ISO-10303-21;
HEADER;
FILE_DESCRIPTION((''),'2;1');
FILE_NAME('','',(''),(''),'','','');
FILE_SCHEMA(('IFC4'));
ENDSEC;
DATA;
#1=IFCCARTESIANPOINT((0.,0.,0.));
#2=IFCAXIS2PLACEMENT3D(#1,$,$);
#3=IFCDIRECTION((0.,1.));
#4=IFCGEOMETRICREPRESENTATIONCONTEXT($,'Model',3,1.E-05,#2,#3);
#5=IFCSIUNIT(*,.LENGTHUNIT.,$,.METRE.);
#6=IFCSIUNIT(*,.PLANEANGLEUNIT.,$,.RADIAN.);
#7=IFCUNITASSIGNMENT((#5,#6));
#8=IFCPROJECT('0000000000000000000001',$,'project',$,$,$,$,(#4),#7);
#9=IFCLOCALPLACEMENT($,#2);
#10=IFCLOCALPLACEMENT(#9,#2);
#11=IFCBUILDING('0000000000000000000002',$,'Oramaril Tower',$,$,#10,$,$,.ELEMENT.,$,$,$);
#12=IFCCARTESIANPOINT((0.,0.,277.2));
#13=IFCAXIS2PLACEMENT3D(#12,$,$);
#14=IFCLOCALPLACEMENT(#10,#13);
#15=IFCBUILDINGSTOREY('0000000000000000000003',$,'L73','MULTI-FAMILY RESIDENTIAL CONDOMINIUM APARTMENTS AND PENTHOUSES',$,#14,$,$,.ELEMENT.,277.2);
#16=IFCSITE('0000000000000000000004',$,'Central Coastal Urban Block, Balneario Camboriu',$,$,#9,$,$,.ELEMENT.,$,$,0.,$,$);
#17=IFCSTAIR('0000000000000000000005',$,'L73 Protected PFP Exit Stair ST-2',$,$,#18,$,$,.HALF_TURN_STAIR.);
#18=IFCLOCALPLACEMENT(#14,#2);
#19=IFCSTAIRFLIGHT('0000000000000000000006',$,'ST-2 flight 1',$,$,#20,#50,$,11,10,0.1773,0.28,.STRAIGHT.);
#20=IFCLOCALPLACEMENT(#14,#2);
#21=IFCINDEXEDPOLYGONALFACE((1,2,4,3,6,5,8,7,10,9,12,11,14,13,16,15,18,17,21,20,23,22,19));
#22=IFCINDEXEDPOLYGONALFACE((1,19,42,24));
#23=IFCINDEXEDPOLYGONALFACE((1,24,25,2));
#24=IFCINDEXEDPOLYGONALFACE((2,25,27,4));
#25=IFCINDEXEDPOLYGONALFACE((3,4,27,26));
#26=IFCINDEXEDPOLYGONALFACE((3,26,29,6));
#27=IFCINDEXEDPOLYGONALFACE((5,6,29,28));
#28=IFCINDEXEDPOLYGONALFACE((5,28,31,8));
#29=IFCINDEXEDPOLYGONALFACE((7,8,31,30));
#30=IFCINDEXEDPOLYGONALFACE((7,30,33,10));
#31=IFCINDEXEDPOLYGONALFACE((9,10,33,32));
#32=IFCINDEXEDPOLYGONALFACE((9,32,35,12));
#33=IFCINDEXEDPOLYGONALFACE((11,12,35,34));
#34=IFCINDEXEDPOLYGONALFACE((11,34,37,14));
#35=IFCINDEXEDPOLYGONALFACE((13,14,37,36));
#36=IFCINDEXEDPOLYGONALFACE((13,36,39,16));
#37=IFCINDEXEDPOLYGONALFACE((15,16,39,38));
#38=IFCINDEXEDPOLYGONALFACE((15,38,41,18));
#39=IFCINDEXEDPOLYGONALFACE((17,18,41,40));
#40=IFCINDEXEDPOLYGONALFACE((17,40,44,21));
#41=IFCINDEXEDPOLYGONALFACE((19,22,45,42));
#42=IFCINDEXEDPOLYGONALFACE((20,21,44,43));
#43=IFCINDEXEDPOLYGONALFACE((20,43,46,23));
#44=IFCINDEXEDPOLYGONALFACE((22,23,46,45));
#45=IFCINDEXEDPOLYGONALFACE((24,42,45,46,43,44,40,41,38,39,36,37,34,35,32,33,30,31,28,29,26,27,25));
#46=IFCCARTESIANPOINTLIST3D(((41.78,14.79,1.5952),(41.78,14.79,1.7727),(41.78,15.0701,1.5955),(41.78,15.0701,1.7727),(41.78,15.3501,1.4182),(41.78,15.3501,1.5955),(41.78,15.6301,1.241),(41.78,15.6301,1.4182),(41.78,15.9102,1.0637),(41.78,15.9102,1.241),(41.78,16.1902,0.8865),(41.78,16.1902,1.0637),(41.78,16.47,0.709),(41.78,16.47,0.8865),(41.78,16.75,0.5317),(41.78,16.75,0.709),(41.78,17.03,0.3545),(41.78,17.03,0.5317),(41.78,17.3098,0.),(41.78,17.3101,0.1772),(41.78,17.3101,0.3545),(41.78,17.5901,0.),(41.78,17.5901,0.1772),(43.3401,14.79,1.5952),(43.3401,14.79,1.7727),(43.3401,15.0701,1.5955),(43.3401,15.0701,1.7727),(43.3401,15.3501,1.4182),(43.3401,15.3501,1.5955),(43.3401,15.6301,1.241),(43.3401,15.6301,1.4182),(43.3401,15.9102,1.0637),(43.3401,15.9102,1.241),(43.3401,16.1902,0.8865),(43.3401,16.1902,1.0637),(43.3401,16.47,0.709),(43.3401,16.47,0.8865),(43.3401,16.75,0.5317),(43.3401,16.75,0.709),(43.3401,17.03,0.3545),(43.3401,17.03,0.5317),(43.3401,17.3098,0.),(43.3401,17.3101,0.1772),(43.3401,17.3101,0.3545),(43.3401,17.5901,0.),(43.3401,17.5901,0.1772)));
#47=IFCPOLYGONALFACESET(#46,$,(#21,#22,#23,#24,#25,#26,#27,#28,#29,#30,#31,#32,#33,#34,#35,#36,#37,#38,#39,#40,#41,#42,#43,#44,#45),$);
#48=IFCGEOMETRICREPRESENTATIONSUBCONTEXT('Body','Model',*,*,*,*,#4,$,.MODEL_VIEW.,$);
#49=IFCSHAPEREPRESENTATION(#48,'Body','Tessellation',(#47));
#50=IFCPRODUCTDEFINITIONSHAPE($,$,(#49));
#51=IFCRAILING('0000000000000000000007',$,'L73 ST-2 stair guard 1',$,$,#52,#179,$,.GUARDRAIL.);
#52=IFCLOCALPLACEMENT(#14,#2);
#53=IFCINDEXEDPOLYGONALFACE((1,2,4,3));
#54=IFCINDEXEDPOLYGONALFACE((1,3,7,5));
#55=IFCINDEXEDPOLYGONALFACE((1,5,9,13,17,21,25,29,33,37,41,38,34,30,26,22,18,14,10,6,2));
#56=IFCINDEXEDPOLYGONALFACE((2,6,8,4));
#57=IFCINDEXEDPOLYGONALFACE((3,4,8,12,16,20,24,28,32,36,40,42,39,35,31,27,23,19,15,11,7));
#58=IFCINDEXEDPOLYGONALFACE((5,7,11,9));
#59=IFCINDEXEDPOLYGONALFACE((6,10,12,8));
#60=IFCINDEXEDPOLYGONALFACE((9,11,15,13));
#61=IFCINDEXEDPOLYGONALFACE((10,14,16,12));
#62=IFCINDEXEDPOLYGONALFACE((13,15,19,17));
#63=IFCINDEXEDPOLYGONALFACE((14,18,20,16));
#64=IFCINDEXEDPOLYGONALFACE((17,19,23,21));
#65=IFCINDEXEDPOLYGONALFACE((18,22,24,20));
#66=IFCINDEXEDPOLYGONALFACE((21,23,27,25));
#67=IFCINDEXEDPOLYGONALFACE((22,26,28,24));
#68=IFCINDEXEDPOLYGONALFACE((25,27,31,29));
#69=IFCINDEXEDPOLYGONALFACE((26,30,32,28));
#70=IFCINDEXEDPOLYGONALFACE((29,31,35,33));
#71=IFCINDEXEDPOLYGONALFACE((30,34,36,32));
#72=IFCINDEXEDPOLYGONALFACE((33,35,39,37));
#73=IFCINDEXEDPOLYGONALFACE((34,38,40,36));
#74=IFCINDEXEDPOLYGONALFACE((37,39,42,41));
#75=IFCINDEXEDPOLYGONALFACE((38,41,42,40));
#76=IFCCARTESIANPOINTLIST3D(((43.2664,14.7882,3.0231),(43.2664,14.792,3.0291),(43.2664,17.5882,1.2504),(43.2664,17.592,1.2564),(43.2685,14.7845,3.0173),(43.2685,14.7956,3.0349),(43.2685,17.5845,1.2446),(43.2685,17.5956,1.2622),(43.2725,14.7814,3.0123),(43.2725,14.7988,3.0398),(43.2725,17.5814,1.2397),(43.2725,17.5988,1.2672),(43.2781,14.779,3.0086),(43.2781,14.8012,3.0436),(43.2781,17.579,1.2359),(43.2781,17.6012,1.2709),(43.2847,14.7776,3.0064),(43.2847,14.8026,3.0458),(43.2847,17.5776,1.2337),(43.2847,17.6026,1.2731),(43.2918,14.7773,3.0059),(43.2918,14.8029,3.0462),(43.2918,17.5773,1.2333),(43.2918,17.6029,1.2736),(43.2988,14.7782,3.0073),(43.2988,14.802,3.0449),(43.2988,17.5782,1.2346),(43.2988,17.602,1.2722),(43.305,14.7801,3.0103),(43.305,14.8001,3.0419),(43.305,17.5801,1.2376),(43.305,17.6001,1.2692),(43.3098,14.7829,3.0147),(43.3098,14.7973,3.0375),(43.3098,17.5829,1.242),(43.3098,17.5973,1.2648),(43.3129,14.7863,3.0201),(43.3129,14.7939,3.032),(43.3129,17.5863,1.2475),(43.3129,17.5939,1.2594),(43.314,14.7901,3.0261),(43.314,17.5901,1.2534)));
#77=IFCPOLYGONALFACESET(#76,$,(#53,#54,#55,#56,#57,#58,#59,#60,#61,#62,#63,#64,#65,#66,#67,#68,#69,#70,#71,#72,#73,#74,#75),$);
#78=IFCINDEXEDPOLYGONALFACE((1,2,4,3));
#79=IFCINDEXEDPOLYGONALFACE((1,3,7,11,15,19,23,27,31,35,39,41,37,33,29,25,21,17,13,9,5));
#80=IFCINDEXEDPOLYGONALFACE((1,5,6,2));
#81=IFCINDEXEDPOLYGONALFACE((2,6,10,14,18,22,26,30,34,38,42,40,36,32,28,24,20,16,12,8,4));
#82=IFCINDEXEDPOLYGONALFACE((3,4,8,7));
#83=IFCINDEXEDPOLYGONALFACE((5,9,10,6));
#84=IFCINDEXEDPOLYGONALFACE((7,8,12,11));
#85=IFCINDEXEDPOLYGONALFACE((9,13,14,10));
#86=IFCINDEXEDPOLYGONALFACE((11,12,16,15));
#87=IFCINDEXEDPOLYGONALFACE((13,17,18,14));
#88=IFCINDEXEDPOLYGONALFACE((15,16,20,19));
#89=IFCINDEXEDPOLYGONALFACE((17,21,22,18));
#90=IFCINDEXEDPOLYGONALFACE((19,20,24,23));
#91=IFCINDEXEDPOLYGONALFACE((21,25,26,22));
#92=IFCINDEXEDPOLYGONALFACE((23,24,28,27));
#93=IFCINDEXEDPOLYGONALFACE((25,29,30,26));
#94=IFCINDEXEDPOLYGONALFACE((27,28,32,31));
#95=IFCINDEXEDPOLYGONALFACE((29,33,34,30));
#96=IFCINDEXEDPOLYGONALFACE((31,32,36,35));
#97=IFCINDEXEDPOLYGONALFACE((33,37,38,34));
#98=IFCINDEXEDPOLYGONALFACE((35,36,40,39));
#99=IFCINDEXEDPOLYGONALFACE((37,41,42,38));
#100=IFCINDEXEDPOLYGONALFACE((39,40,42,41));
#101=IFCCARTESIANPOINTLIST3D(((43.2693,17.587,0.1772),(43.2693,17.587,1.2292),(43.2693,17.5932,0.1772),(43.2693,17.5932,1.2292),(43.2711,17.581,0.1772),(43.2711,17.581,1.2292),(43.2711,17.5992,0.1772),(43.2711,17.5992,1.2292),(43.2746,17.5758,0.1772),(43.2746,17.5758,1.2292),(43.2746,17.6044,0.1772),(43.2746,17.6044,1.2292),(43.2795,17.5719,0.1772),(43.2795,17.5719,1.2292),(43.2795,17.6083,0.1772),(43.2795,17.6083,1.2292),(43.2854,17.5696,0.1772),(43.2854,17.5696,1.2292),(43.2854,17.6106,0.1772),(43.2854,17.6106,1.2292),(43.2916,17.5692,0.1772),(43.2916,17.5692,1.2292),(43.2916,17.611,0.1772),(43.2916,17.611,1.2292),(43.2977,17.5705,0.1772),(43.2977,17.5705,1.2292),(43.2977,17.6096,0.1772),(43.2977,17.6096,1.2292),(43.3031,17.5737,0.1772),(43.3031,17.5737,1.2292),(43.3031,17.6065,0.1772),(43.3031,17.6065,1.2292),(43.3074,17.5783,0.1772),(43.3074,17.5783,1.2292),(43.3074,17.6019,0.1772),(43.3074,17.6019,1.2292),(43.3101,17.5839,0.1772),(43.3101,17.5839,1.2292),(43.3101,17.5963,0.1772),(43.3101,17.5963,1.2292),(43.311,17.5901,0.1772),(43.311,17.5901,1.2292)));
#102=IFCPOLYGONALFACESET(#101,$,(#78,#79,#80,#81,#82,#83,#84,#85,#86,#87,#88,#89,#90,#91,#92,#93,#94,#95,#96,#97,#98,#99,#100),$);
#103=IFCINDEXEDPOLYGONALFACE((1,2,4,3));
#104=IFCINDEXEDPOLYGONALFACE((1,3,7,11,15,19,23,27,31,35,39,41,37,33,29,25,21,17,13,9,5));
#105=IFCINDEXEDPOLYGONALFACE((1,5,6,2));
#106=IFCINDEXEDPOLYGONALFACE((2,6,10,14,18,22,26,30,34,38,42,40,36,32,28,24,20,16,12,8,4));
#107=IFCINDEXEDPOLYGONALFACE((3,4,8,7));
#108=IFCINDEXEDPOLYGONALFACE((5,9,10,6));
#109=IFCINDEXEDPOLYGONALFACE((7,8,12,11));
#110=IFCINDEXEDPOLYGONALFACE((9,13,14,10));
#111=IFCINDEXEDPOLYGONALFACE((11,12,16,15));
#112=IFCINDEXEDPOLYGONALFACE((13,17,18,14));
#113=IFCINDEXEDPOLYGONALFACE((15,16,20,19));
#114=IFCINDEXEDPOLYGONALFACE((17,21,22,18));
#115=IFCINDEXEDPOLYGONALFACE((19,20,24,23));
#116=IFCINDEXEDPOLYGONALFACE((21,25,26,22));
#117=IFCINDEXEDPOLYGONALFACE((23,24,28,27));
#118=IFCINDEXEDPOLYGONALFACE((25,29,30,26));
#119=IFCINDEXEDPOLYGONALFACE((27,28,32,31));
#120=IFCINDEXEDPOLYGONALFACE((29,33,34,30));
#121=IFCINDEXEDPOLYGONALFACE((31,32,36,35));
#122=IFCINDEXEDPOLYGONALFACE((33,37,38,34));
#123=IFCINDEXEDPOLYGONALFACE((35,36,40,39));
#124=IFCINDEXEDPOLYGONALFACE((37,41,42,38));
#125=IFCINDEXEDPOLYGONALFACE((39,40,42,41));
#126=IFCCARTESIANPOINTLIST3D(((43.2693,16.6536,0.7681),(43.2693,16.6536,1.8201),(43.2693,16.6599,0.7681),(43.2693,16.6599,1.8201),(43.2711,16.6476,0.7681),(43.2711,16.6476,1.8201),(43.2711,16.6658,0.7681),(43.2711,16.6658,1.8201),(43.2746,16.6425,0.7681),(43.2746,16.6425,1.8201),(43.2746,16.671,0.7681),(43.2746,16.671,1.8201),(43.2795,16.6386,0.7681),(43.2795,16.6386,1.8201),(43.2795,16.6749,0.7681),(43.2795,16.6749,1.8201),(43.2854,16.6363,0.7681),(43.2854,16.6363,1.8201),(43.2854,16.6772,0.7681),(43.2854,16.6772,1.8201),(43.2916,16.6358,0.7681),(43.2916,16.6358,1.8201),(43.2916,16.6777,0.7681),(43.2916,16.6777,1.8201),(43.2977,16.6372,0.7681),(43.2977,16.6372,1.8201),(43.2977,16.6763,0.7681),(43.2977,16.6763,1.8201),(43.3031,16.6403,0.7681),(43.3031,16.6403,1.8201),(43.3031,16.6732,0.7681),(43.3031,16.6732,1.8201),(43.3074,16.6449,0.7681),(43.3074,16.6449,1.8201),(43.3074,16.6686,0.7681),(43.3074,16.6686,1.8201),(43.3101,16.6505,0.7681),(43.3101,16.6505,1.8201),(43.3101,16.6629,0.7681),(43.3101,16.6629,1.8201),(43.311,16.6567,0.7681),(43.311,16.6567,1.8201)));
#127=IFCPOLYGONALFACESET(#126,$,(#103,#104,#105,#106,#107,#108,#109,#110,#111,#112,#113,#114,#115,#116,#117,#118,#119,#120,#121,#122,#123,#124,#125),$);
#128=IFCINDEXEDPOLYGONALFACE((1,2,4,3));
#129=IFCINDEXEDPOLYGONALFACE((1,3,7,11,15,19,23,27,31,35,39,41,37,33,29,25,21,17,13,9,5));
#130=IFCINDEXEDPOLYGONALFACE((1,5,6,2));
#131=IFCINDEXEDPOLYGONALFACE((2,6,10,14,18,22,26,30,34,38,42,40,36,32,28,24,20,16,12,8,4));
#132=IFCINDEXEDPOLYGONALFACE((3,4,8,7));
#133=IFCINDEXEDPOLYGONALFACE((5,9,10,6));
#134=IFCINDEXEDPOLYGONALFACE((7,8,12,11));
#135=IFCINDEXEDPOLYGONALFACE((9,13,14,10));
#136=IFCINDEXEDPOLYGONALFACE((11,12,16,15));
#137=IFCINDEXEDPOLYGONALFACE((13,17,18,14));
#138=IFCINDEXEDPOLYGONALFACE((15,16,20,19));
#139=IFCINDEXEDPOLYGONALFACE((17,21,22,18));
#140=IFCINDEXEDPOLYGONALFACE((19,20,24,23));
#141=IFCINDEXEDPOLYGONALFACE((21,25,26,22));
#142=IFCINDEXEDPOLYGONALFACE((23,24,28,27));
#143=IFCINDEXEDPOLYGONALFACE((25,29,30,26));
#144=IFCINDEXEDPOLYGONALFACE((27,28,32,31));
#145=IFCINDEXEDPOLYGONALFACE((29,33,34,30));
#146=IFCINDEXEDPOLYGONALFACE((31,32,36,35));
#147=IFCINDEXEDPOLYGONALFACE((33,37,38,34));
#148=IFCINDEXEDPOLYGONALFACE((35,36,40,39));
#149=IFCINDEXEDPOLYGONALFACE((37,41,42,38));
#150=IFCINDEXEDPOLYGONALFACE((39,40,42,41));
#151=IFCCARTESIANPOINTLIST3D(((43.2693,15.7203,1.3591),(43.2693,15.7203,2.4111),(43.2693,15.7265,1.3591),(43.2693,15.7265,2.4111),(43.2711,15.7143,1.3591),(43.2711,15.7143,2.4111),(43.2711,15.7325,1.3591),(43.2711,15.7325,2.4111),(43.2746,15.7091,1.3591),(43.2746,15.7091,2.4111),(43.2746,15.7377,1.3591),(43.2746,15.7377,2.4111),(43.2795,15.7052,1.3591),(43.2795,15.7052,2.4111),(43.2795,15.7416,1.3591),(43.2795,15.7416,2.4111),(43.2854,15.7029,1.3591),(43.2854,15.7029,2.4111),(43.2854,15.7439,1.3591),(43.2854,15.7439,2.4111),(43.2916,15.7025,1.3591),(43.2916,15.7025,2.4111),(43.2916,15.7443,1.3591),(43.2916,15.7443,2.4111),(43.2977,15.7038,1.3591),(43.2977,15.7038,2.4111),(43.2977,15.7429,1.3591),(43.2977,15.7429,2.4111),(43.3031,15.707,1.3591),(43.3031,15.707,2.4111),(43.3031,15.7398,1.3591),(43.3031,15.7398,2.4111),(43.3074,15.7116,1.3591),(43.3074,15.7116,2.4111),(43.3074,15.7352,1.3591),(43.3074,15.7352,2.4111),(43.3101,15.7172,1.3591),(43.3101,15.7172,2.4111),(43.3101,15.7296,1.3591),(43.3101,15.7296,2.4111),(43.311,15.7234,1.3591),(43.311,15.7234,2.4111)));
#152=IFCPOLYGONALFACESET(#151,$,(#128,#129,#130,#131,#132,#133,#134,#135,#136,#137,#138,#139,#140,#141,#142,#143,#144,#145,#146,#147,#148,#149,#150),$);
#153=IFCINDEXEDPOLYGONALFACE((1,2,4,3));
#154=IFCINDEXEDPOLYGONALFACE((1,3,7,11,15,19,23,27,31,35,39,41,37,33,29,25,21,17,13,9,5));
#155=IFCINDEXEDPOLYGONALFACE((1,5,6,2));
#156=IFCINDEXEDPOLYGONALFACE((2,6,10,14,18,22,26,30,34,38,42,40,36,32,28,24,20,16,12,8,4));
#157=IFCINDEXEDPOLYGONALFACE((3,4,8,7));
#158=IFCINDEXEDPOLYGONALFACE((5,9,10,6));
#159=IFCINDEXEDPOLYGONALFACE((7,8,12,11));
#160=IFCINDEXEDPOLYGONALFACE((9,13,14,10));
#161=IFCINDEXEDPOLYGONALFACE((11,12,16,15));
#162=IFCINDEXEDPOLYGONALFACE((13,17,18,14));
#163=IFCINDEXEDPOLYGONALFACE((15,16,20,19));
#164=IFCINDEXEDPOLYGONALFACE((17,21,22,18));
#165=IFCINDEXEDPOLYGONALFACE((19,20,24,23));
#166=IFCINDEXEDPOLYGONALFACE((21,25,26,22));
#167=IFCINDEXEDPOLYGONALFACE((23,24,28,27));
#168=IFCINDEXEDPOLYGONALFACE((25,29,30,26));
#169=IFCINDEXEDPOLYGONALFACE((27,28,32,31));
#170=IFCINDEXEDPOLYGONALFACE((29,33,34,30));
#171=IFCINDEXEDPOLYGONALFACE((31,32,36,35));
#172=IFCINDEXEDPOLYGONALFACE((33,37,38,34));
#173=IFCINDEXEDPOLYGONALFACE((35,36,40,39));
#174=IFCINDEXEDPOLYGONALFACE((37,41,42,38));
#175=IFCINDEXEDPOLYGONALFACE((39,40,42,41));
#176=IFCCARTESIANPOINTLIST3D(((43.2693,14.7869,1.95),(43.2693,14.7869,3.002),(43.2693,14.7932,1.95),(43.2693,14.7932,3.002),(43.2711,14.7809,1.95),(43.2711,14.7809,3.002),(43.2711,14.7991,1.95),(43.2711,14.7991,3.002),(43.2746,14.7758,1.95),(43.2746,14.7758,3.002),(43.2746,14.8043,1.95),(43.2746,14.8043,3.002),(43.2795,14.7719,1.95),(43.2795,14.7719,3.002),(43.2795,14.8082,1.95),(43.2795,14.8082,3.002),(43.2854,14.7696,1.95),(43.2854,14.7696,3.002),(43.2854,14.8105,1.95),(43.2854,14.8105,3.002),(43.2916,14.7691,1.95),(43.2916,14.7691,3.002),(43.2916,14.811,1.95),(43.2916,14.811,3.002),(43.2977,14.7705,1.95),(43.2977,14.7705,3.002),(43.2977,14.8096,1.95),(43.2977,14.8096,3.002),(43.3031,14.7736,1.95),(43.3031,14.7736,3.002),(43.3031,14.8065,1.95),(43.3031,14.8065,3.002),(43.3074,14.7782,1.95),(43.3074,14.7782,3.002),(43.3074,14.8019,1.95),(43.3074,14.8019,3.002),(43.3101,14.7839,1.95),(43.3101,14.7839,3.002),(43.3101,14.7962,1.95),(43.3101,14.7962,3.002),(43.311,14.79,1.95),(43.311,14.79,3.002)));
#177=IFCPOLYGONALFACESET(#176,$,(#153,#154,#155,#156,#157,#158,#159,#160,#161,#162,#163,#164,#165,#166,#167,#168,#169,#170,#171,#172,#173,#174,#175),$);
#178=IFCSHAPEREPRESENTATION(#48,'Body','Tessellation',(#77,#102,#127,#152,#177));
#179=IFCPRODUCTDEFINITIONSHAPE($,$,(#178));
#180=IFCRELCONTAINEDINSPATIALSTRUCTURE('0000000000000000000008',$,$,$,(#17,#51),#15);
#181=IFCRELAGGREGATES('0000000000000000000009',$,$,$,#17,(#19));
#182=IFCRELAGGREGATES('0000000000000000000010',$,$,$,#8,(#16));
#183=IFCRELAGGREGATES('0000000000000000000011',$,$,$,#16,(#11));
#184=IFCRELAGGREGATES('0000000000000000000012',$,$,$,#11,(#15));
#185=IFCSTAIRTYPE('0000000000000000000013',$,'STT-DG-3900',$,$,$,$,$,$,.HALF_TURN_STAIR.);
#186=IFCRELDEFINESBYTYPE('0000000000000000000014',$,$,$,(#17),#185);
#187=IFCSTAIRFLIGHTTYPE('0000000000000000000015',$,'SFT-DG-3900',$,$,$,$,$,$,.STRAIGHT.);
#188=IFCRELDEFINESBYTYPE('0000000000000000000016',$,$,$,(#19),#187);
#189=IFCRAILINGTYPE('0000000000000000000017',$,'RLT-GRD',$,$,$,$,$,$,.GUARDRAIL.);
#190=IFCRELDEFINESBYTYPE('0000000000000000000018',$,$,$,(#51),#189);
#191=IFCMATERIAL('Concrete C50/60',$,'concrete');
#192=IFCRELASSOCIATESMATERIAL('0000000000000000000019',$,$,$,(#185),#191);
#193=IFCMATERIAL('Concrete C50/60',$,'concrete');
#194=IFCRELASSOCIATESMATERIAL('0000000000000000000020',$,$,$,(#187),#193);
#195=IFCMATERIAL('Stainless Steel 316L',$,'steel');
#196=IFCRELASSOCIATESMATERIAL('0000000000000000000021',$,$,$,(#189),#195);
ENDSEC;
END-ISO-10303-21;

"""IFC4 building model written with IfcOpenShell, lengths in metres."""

from ifc_helpers import new_model, si_unit, direction, frame, origin, origin_2d, place, context, subcontext, project, spatial, polyline, circle, outline, extrude, material, type_object, element, aggregate, save


model = new_model("IFC4")

# Units and contexts
model_context = context("Model", 3, precision=1e-05, world=origin(), true_north=direction((0.0, 1.0)))
body_context = subcontext(model_context, "Body", "Model", "MODEL_VIEW")
ifc_project = project(units=[si_unit("LENGTHUNIT", "METRE"), si_unit("PLANEANGLEUNIT", "RADIAN")], contexts=[model_context])

# Site, building, storey
site_placement = place(None, origin())
site = spatial("IfcSite", under=ifc_project, at=site_placement, Name="Central Coastal Urban Block, Balneario Camboriu", CompositionType="ELEMENT", RefElevation=0.0)
building_placement = place(site_placement, origin())
building = spatial("IfcBuilding", under=site, at=building_placement, Name="Oramaril Tower", CompositionType="ELEMENT")
storey_placement = place(building_placement, frame((0.0, 0.0, 277.2)))
storey = spatial("IfcBuildingStorey", under=building, at=storey_placement, Name="L73", Description="MULTI-FAMILY RESIDENTIAL CONDOMINIUM APARTMENTS AND PENTHOUSES", CompositionType="ELEMENT", Elevation=277.2)

# Stair, stair flight
ifc_material_1 = material(Name="Concrete C50/60", Category="concrete")
stair_type = type_object("IfcStairType", Name="STT-DG-3900", PredefinedType="HALF_TURN_STAIR", material=ifc_material_1)
stair_placement = place(storey_placement, origin())
stair = element("IfcStair", 1, at=stair_placement, inside=storey, type_object=stair_type, Name="L73 Protected PFP Exit Stair ST-2", PredefinedType="HALF_TURN_STAIR")
ifc_material_2 = material(Name="Concrete C50/60", Category="concrete")
stair_flight_type = type_object("IfcStairFlightType", Name="SFT-DG-3900", PredefinedType="STRAIGHT", material=ifc_material_2)
stair_flight_placement = place(storey_placement, frame((42.5601, 17.5901, 0.0), z_axis=(0.0, 0.0, 1.0), x_axis=(0.0, -1.0, 0.0)))
stair_flight = element("IfcStairFlight", 2, at=stair_flight_placement, type_object=stair_flight_type, Name="ST-2 flight 1", NumberOfRisers=11, NumberOfTreads=10, PredefinedType="STRAIGHT", RiserHeight=0.1773, TreadLength=0.28, context=body_context, shape_type="SweptSolid", body=[
    extrude(outline(polyline([(0.0, 0.0), (0.0, 0.1772), (0.28, 0.1772), (0.28, 0.3545), (0.5601, 0.3545), (0.5601, 0.5317), (0.8401, 0.5317), (0.8401, 0.709), (1.1201, 0.709), (1.1201, 0.8865), (1.3999, 0.8865), (1.3999, 1.0637), (1.6799, 1.0637), (1.6799, 1.241), (1.96, 1.241), (1.96, 1.4182), (2.24, 1.4182), (2.24, 1.5955), (2.52, 1.5955), (2.52, 1.7727), (2.8, 1.7727), (2.8, 1.95), (2.8, 1.5952), (0.2803, 0.0), (0.0, 0.0)])), frame((0.0, 0.78, 0.0), z_axis=(0.0, -1.0, 0.0), x_axis=(1.0, 0.0, 0.0)), (0.0, 0.0, 1.0), 1.5601),
])
aggregate(stair, [stair_flight])

# Railing
ifc_material_3 = material(Name="Stainless Steel 316L", Category="steel")
railing_type_1 = type_object("IfcRailingType", Name="RLT-GRD", PredefinedType="GUARDRAIL", material=ifc_material_3)
railing_1_placement = place(storey_placement, frame((43.29, 17.5901, 0.1772)))
element("IfcRailing", 3, at=railing_1_placement, inside=storey, type_object=railing_type_1, Name="L73 ST-2 stair guard 1", PredefinedType="GUARDRAIL", context=body_context, shape_type="SweptSolid", body=[
    extrude(circle(Radius=0.0239, at=origin_2d()), frame((0.0, 0.0, 1.0762), z_axis=(0.0, -0.844909, 0.53491), x_axis=(1.0, 0.0, 0.0)), (0.0, 0.0, 1.0), 3.314),
    extrude(circle(Radius=0.021, at=origin_2d()), origin(), (0.0, 0.0, 1.0), 1.052),
    extrude(circle(Radius=0.021, at=origin_2d()), frame((0.0, -0.9333, 0.5908)), (0.0, 0.0, 1.0), 1.052),
    extrude(circle(Radius=0.021, at=origin_2d()), frame((0.0, -1.8667, 1.1819)), (0.0, 0.0, 1.0), 1.052),
    extrude(circle(Radius=0.021, at=origin_2d()), frame((0.0, -2.8, 1.7727)), (0.0, 0.0, 1.0), 1.052),
])

save(model, "model.ifc")
